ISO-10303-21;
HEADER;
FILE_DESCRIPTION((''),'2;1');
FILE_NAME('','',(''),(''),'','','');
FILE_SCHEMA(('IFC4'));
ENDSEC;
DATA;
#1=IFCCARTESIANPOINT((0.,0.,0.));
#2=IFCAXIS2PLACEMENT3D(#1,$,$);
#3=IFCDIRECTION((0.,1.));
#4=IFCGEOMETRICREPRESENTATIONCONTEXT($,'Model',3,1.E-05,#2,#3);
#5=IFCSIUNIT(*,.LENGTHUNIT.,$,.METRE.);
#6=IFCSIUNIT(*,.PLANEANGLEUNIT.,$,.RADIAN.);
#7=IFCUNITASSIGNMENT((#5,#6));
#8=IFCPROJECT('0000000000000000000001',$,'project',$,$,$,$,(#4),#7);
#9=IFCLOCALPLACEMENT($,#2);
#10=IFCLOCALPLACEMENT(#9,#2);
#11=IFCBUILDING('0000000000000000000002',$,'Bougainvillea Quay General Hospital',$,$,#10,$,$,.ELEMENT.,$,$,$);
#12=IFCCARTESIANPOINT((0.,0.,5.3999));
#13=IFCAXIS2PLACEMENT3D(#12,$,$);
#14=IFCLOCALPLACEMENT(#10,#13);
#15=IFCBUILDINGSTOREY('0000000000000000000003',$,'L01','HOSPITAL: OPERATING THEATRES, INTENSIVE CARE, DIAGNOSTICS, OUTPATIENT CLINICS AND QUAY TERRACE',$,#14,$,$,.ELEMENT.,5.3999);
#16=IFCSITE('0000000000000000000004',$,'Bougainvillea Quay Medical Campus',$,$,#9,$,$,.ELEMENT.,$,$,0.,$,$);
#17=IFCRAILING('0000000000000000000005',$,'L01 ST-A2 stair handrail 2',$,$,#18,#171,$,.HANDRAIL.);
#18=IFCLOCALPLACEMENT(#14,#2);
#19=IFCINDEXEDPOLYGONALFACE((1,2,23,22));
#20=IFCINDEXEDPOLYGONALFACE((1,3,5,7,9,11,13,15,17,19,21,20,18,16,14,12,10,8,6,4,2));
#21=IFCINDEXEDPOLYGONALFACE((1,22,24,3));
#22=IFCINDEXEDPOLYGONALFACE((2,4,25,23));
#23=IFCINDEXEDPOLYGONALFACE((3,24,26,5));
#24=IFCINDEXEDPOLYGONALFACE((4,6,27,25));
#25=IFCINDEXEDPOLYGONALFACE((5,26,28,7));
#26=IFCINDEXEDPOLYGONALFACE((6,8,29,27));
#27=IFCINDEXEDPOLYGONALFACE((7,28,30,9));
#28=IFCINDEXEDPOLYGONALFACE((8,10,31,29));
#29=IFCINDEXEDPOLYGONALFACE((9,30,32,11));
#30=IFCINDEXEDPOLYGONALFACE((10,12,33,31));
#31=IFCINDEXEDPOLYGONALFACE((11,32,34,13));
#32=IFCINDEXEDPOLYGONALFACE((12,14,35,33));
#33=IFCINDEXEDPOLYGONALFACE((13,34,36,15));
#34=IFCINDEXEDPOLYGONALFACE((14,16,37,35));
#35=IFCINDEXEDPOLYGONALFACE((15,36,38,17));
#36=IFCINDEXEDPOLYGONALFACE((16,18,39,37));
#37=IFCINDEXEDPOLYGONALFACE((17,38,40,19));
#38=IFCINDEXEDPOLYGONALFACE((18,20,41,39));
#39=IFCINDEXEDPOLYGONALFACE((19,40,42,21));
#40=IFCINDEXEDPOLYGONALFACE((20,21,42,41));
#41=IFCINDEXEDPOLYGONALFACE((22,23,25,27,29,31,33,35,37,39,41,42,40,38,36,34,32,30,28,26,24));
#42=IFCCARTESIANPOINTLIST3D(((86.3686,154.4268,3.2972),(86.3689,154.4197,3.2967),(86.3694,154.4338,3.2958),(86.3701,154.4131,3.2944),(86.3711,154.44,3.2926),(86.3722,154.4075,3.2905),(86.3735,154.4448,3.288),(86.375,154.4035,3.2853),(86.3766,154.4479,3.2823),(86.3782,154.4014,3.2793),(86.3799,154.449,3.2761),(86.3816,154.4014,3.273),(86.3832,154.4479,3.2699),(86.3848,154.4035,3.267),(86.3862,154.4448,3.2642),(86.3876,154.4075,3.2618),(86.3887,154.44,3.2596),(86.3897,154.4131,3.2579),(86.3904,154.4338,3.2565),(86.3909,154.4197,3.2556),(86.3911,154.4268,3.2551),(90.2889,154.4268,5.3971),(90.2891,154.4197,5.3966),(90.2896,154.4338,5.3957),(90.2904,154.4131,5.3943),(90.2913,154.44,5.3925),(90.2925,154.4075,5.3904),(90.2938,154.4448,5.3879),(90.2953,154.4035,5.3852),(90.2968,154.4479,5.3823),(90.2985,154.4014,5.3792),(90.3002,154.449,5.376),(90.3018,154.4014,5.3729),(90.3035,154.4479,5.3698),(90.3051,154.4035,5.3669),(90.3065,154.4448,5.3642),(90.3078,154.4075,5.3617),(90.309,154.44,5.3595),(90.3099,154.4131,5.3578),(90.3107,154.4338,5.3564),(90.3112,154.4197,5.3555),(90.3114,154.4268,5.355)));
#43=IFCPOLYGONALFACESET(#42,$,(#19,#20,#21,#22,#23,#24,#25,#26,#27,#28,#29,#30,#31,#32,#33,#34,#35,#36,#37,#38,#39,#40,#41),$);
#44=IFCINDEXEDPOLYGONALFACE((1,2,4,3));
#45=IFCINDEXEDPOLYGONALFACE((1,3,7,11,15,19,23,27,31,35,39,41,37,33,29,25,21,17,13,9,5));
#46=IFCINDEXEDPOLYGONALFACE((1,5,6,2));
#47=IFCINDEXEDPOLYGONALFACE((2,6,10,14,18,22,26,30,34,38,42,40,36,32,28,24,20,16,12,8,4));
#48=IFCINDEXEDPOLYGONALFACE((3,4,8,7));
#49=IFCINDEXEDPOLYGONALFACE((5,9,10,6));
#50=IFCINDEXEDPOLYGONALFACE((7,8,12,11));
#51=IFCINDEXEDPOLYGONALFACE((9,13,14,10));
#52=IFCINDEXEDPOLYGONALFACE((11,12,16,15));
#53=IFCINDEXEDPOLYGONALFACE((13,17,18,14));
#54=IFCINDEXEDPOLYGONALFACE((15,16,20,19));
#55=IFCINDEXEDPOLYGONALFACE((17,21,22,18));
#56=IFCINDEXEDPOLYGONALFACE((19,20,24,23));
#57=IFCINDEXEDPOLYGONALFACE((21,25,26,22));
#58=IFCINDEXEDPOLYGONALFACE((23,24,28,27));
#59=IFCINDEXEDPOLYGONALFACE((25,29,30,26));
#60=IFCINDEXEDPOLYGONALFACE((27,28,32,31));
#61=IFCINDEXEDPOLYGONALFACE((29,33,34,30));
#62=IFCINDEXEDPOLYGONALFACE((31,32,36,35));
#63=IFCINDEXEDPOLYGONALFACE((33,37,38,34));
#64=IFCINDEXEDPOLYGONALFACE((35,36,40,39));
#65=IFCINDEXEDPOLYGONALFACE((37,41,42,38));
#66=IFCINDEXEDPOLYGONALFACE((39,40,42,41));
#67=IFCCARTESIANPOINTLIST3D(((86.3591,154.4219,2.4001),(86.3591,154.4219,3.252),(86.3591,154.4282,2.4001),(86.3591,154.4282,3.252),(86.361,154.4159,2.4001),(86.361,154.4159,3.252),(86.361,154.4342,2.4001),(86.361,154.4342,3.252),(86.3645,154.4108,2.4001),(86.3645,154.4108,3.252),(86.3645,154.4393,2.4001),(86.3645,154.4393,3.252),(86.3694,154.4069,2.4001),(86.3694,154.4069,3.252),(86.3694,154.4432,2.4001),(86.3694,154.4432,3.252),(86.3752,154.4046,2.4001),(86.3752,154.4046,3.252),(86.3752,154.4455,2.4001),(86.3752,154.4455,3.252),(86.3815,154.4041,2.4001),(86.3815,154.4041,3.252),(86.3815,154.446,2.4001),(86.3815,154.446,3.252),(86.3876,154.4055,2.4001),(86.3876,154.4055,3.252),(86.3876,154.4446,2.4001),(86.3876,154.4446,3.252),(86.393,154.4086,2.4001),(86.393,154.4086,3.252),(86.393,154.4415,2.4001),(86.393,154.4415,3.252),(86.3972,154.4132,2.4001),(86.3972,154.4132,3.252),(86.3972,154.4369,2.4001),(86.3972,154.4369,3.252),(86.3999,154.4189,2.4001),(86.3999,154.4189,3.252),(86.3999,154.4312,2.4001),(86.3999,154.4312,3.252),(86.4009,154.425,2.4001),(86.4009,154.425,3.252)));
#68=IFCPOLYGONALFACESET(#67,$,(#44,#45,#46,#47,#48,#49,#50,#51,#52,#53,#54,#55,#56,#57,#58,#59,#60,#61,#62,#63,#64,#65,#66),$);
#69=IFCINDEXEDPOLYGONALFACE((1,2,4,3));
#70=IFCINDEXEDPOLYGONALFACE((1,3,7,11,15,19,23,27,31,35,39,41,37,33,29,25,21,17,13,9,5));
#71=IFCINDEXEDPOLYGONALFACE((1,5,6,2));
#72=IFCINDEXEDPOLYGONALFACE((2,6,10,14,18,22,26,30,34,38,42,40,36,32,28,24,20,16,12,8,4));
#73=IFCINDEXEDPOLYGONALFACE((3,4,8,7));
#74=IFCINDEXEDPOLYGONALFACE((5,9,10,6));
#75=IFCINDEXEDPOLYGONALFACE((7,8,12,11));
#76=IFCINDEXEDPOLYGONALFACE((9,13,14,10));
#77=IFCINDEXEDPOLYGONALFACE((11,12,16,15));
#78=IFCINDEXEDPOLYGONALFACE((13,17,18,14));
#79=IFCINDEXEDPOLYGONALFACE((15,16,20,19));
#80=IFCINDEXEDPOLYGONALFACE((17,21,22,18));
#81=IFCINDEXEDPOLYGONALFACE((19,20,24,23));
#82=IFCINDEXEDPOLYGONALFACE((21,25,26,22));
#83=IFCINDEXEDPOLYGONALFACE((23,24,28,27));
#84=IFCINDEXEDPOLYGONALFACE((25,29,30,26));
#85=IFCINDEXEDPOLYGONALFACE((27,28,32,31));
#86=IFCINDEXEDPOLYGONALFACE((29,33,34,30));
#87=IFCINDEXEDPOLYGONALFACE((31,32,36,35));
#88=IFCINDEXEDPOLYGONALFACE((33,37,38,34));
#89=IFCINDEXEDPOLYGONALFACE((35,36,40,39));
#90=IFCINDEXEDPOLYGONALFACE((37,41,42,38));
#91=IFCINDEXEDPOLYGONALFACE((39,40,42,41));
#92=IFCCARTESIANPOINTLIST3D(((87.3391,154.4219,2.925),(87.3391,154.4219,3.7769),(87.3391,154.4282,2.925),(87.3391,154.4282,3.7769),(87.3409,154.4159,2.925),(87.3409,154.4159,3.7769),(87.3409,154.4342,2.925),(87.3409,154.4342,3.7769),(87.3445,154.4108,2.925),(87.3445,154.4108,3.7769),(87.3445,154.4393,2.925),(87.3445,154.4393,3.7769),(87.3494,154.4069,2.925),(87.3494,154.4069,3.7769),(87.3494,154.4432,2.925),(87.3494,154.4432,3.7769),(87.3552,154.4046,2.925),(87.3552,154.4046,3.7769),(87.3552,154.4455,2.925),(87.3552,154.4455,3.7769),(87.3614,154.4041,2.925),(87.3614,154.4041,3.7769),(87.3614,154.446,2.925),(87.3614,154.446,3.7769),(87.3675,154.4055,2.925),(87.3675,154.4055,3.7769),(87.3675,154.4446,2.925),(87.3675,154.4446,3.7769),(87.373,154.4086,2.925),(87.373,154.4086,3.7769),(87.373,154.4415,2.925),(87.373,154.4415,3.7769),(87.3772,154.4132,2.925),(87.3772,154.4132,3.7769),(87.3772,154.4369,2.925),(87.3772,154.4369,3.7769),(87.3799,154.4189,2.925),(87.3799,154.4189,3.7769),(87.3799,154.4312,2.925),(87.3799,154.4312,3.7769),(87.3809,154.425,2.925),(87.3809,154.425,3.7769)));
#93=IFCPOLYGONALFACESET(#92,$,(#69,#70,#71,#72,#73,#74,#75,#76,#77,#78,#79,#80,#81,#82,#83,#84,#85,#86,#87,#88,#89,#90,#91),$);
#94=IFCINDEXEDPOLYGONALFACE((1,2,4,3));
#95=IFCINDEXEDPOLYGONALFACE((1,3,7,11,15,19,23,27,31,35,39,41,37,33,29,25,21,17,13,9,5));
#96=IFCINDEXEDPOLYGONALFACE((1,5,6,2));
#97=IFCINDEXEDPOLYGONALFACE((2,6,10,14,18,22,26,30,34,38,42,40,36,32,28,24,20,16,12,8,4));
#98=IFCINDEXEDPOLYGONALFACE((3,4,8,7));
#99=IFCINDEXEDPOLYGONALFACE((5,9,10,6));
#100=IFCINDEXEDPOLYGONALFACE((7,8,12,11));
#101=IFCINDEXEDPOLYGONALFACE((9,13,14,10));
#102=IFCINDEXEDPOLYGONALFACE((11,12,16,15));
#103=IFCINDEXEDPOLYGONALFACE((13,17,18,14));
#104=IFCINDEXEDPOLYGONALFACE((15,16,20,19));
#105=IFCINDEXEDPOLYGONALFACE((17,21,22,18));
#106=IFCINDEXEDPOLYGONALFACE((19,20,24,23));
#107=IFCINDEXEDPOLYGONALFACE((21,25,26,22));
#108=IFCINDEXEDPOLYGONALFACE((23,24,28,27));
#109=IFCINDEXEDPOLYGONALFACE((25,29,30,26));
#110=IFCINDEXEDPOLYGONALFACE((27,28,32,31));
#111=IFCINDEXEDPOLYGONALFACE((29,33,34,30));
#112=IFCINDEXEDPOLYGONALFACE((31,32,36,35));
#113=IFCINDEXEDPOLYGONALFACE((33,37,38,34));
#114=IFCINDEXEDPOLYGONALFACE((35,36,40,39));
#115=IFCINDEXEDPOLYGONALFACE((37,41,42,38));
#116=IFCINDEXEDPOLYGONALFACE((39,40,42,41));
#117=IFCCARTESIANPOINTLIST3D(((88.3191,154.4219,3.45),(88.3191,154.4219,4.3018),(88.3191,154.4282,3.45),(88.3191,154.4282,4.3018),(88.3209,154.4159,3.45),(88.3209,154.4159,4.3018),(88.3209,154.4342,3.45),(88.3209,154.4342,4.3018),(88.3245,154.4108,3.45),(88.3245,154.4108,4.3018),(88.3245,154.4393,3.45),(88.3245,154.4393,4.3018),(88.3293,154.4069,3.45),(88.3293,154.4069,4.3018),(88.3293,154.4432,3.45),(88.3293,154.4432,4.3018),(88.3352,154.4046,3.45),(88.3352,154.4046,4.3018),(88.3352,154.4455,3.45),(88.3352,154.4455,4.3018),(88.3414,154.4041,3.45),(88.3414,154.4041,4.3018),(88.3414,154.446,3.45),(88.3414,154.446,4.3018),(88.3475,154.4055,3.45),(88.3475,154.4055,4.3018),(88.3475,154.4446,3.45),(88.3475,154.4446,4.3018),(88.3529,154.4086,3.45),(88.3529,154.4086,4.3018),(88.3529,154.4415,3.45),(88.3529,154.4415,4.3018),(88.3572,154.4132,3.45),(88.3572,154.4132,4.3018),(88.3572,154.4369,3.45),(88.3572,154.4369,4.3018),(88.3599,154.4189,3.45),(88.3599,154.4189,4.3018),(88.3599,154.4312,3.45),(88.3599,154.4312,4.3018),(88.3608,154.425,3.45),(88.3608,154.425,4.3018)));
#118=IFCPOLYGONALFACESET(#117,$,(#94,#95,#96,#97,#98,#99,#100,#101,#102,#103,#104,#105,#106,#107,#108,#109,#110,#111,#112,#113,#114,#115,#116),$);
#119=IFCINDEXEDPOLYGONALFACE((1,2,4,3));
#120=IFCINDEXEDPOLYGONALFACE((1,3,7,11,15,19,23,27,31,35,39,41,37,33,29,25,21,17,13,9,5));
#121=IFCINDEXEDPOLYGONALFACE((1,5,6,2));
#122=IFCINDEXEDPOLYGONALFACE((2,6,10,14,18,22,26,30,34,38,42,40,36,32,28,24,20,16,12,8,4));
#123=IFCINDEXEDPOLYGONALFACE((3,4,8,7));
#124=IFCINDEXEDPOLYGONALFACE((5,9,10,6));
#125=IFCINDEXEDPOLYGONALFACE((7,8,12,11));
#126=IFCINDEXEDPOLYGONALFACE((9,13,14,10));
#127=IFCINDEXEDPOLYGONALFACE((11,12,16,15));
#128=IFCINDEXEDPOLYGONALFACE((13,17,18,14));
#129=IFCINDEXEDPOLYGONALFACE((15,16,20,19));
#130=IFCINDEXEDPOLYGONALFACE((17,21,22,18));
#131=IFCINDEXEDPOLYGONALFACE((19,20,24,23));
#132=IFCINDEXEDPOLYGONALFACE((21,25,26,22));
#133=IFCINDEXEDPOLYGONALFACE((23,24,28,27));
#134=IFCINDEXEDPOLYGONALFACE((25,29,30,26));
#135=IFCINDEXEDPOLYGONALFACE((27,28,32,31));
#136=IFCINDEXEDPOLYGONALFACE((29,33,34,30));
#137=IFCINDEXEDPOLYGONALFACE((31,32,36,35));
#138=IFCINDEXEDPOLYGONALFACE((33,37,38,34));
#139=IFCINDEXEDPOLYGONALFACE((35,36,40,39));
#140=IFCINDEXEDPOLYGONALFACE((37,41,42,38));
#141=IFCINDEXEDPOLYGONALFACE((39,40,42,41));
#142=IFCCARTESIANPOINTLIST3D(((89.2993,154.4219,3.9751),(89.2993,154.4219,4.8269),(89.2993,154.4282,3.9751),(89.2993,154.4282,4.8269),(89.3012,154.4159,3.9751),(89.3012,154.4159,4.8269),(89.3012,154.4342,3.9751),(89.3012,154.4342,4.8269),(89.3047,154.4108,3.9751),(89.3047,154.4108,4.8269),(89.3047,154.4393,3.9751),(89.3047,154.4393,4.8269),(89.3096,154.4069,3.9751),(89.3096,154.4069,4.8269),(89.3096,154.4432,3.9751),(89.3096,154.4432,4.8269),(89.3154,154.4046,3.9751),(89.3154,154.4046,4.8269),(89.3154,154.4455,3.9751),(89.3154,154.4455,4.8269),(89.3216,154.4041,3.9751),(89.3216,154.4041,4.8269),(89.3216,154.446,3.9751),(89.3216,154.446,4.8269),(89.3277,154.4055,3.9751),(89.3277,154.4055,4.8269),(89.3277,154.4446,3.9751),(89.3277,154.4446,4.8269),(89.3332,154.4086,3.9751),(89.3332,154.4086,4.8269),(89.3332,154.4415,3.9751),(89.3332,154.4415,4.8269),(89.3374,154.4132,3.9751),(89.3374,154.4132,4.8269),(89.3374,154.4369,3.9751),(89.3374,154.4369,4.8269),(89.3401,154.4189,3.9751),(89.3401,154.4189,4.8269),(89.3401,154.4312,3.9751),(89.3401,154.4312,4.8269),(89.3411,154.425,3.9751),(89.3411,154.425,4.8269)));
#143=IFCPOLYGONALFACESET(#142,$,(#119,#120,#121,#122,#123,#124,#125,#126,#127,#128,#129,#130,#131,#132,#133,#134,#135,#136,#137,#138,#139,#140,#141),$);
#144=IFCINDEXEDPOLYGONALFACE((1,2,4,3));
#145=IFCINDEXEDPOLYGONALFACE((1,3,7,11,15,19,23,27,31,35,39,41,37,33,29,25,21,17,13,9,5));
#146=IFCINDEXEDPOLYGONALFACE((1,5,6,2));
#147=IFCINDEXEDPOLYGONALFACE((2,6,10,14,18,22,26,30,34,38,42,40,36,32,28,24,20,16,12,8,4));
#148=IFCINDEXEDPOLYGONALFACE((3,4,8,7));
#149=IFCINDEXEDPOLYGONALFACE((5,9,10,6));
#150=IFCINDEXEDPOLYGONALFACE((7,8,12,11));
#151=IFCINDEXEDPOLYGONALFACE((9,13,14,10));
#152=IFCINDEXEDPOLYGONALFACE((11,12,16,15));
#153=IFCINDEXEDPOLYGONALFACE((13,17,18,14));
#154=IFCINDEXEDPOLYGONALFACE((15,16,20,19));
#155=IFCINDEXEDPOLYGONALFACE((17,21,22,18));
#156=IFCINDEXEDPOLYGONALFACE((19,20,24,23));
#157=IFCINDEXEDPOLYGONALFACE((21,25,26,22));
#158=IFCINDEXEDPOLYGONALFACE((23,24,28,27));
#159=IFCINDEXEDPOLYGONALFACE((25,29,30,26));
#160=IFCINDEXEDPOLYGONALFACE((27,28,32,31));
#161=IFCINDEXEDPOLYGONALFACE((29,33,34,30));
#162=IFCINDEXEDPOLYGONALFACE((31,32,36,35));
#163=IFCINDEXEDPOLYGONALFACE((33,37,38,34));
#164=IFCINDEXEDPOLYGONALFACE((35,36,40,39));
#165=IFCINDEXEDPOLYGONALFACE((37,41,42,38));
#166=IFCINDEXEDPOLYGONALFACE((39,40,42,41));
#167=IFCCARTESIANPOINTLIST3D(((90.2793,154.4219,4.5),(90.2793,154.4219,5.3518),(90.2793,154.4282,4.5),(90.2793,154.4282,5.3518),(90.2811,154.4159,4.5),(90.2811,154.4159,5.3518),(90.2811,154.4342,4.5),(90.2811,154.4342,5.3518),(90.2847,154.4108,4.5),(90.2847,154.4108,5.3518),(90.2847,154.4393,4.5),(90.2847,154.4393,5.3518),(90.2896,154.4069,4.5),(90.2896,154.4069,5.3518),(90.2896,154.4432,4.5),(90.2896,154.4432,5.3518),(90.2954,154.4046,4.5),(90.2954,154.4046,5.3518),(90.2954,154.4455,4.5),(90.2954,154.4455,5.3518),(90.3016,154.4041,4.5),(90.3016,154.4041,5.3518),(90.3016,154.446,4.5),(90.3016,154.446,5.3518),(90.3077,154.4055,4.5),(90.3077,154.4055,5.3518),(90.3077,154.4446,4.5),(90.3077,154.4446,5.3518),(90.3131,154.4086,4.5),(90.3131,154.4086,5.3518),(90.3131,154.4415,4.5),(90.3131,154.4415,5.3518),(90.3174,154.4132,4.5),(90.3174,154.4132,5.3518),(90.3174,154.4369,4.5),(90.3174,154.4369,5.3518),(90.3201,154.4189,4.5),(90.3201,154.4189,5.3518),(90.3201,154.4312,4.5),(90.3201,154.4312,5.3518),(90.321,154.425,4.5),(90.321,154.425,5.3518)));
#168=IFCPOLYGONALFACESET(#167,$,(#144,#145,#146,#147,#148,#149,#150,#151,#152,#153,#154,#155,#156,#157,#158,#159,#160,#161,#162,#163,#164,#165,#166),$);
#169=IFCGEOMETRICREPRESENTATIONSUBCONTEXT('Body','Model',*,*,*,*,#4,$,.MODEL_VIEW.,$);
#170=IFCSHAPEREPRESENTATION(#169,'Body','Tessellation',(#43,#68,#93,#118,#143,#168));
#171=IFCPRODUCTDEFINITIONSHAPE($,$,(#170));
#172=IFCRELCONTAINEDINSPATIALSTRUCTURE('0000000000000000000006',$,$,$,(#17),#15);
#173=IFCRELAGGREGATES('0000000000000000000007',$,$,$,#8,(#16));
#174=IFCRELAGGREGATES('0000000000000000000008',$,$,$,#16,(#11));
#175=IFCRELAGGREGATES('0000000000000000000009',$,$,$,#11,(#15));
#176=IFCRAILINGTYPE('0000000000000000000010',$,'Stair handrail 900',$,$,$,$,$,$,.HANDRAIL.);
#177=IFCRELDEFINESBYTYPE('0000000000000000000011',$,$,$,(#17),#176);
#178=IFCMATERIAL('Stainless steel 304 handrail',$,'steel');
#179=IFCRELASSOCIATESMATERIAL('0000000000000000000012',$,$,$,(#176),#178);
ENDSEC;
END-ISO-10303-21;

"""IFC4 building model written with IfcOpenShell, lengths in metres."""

from ifc_helpers import new_model, si_unit, direction, frame, origin, origin_2d, place, context, subcontext, project, spatial, circle, extrude, material, type_object, element, save


model = new_model("IFC4")

# Units and contexts
model_context = context("Model", 3, precision=1e-05, world=origin(), true_north=direction((0.0, 1.0)))
body_context = subcontext(model_context, "Body", "Model", "MODEL_VIEW")
ifc_project = project(units=[si_unit("LENGTHUNIT", "METRE"), si_unit("PLANEANGLEUNIT", "RADIAN")], contexts=[model_context])

# Site, building, storey
site_placement = place(None, origin())
site = spatial("IfcSite", under=ifc_project, at=site_placement, Name="Bougainvillea Quay Medical Campus", CompositionType="ELEMENT", RefElevation=0.0)
building_placement = place(site_placement, origin())
building = spatial("IfcBuilding", under=site, at=building_placement, Name="Bougainvillea Quay General Hospital", CompositionType="ELEMENT")
storey_placement = place(building_placement, frame((0.0, 0.0, 5.3999)))
storey = spatial("IfcBuildingStorey", under=building, at=storey_placement, Name="L01", Description="HOSPITAL: OPERATING THEATRES, INTENSIVE CARE, DIAGNOSTICS, OUTPATIENT CLINICS AND QUAY TERRACE", CompositionType="ELEMENT", Elevation=5.3999)

# Railing
ifc_material_1 = material(Name="Stainless steel 304 handrail", Category="steel")
railing_type_1 = type_object("IfcRailingType", Name="Stair handrail 900", PredefinedType="HANDRAIL", material=ifc_material_1)
railing_1_placement = place(storey_placement, frame((86.3799, 154.425, 2.4001)))
element("IfcRailing", 1, at=railing_1_placement, inside=storey, type_object=railing_type_1, Name="L01 ST-A2 stair handrail 2", PredefinedType="HANDRAIL", context=body_context, shape_type="SweptSolid", body=[
    extrude(circle(Radius=0.0239, at=origin_2d()), frame((0.0, 0.0, 0.876), z_axis=(0.881502, 0.0, 0.47218), x_axis=(0.0, 1.0, 0.0)), (0.0, 0.0, 1.0), 4.4473),
    extrude(circle(Radius=0.021, at=origin_2d()), origin(), (0.0, 0.0, 1.0), 0.8518),
    extrude(circle(Radius=0.021, at=origin_2d()), frame((0.98, 0.0, 0.5249)), (0.0, 0.0, 1.0), 0.8518),
    extrude(circle(Radius=0.021, at=origin_2d()), frame((1.96, 0.0, 1.0498)), (0.0, 0.0, 1.0), 0.8518),
    extrude(circle(Radius=0.021, at=origin_2d()), frame((2.9402, 0.0, 1.575)), (0.0, 0.0, 1.0), 0.8518),
    extrude(circle(Radius=0.021, at=origin_2d()), frame((3.9202, 0.0, 2.0999)), (0.0, 0.0, 1.0), 0.8518),
])

save(model, "model.ifc")
